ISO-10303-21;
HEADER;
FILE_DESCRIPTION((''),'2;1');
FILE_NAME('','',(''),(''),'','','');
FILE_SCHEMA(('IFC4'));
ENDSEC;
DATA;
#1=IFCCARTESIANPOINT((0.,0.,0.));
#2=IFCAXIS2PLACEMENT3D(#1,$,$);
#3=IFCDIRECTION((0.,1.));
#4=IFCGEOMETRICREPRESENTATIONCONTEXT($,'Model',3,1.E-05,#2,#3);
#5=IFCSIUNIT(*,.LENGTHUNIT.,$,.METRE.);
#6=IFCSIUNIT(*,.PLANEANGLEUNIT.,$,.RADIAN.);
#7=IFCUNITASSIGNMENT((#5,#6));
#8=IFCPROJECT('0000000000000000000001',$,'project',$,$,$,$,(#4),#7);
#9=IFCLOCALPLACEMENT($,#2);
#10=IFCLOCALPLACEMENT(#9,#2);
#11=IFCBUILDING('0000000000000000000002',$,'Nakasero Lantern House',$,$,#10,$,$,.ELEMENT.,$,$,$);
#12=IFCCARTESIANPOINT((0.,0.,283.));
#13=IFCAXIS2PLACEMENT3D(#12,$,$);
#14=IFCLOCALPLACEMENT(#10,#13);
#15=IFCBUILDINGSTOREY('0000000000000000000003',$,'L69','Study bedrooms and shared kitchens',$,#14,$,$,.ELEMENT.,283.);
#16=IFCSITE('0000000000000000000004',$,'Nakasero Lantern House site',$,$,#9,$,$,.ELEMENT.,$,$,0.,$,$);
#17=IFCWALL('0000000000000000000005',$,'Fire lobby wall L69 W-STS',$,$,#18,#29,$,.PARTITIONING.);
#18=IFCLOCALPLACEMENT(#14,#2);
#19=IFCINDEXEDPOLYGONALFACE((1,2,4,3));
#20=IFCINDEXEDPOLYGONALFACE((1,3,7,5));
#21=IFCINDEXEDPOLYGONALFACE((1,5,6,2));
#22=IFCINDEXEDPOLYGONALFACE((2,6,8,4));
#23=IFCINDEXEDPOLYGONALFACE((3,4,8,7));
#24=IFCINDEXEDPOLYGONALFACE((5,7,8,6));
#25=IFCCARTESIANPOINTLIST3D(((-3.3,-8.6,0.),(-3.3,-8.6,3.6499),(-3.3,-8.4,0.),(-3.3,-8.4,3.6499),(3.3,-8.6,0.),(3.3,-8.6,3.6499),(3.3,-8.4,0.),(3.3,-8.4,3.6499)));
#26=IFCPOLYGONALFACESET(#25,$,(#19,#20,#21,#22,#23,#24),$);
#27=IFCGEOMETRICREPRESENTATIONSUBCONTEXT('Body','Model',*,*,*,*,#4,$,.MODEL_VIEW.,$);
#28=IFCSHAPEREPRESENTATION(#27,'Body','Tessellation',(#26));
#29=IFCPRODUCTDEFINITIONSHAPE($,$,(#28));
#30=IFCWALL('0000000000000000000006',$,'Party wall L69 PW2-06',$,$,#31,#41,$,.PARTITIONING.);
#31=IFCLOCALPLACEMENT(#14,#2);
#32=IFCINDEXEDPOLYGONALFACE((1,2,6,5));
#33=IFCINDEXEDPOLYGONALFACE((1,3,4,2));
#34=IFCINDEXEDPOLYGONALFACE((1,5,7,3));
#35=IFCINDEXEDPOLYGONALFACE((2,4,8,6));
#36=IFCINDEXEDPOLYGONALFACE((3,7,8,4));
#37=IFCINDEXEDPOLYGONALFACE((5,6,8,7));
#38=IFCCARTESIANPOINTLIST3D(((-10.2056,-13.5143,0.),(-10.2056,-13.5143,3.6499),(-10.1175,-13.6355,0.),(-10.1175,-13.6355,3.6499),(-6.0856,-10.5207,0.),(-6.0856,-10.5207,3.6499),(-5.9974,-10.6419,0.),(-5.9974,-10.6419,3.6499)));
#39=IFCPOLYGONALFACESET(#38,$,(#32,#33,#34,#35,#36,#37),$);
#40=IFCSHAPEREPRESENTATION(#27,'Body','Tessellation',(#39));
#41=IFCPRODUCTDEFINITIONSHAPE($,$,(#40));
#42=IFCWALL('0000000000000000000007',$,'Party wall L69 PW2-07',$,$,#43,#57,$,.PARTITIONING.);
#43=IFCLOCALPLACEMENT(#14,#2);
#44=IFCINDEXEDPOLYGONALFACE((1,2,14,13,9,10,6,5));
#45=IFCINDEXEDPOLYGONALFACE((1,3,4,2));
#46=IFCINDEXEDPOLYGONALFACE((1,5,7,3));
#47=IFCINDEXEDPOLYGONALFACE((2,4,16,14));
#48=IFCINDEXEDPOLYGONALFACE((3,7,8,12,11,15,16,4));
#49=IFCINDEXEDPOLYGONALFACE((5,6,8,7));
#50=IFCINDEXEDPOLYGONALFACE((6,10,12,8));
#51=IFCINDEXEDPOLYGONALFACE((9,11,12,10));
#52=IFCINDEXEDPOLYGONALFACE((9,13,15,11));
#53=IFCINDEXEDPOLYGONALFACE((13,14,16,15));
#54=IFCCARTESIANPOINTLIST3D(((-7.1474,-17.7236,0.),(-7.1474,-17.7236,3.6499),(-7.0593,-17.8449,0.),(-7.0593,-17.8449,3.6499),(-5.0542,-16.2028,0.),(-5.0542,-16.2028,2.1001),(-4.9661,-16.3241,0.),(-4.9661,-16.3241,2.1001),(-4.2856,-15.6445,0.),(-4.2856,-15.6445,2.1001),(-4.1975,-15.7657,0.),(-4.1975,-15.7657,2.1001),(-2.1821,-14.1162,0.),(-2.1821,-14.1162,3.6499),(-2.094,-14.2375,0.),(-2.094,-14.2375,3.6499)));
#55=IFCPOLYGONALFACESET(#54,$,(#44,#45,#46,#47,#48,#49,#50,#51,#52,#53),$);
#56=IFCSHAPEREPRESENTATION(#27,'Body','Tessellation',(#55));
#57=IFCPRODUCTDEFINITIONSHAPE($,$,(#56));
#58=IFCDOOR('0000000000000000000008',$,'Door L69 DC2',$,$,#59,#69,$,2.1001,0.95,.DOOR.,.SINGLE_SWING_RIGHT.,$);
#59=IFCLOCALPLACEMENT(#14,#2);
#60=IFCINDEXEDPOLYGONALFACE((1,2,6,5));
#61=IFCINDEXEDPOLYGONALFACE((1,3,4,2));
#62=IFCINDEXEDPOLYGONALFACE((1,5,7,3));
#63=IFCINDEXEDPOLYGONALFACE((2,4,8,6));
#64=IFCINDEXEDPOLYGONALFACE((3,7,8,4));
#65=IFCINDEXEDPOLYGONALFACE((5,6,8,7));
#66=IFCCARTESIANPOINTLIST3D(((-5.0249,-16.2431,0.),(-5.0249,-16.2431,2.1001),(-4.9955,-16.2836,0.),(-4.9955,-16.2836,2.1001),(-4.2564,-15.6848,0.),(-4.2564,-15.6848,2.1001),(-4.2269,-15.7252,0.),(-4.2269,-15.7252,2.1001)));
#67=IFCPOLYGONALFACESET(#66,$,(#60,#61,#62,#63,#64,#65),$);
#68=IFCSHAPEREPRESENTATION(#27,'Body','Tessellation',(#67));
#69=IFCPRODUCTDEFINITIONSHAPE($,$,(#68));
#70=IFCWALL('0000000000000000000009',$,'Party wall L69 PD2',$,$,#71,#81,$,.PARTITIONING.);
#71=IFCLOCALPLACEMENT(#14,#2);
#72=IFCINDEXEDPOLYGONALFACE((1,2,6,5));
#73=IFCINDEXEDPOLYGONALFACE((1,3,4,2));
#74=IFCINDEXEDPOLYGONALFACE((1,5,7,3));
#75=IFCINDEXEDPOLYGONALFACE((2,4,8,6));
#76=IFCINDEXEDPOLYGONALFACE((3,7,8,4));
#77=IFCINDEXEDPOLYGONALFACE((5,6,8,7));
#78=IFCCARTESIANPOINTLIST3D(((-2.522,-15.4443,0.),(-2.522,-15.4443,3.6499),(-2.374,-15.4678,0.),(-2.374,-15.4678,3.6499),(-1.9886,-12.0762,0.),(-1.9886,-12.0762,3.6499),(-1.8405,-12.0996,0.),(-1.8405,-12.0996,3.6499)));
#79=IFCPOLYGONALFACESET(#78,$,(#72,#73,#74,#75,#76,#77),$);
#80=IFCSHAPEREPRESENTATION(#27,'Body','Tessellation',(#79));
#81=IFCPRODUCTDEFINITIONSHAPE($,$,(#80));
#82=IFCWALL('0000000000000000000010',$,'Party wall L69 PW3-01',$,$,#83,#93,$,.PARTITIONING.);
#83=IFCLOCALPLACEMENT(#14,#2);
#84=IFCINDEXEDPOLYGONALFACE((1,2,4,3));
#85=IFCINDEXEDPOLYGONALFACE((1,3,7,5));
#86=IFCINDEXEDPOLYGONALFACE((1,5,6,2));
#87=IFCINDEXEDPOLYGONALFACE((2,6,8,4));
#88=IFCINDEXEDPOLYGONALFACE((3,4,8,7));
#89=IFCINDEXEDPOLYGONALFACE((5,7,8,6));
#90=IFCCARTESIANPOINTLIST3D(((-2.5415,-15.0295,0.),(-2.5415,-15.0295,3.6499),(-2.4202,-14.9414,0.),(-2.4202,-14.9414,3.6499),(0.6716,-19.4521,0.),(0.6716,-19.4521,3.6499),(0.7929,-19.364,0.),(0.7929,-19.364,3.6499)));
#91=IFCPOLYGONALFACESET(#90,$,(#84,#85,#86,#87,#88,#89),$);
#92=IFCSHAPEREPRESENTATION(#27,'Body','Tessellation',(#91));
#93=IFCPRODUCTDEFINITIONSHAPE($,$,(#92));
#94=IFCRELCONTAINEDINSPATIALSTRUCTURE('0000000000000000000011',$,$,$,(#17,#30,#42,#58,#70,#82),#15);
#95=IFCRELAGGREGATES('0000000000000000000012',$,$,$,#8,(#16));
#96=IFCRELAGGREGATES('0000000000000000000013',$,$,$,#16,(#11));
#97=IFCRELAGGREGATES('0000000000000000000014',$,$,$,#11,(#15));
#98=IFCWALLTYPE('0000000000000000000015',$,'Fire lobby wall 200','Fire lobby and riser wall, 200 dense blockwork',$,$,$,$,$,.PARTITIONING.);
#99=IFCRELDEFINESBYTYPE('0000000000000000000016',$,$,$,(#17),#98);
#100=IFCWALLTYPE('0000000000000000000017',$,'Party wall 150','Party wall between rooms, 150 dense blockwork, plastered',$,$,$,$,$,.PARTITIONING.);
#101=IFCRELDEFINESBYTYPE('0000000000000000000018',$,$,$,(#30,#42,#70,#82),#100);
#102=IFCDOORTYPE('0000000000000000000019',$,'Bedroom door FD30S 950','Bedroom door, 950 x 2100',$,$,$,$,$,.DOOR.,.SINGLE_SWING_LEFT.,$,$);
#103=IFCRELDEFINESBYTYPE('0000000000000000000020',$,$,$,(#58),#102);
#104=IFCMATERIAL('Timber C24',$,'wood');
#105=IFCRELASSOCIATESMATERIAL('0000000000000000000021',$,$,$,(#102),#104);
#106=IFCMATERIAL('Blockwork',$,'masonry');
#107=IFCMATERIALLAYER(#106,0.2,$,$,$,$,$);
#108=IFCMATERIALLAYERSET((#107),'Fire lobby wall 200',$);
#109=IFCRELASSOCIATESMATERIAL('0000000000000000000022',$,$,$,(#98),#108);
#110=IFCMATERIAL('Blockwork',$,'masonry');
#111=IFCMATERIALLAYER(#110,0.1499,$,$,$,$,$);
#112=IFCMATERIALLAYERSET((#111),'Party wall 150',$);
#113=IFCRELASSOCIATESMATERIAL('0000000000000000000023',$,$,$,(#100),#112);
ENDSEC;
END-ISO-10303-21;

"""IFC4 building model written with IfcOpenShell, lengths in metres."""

from ifc_helpers import new_model, si_unit, direction, frame, frame_2d, origin, place, context, subcontext, project, spatial, rectangle, extrude, material, layer, layer_set, type_object, element, fill, save


model = new_model("IFC4")

# Units and contexts
model_context = context("Model", 3, precision=1e-05, world=origin(), true_north=direction((0.0, 1.0)))
body_context = subcontext(model_context, "Body", "Model", "MODEL_VIEW")
ifc_project = project(units=[si_unit("LENGTHUNIT", "METRE"), si_unit("PLANEANGLEUNIT", "RADIAN")], contexts=[model_context])

# Site, building, storey
site_placement = place(None, origin())
site = spatial("IfcSite", under=ifc_project, at=site_placement, Name="Nakasero Lantern House site", CompositionType="ELEMENT", RefElevation=0.0)
building_placement = place(site_placement, origin())
building = spatial("IfcBuilding", under=site, at=building_placement, Name="Nakasero Lantern House", CompositionType="ELEMENT")
storey_placement = place(building_placement, frame((0.0, 0.0, 283.0)))
storey = spatial("IfcBuildingStorey", under=building, at=storey_placement, Name="L69", Description="Study bedrooms and shared kitchens", CompositionType="ELEMENT", Elevation=283.0)

# Shared definitions
ifc_material_1 = material(Name="Timber C24", Category="wood")
door_type_1 = type_object("IfcDoorType", Name="Bedroom door FD30S 950", Description="Bedroom door, 950 x 2100", OperationType="SINGLE_SWING_LEFT", PredefinedType="DOOR", material=ifc_material_1)

# Walls
ifc_material_2 = material(Name="Blockwork", Category="masonry")
ifc_layer_1 = layer(ifc_material_2, 0.2)
ifc_layer_set_1 = layer_set([ifc_layer_1], Name="Fire lobby wall 200")
wall_type_1 = type_object("IfcWallType", Name="Fire lobby wall 200", Description="Fire lobby and riser wall, 200 dense blockwork", PredefinedType="PARTITIONING", material=ifc_layer_set_1)
wall_1_placement = place(storey_placement, frame((-3.3, -8.5, 0.0), z_axis=(0.0, 0.0, 1.0), x_axis=(1.0, 0.0, 0.0)))
element("IfcWall", 1, at=wall_1_placement, inside=storey, type_object=wall_type_1, Name="Fire lobby wall L69 W-STS", PredefinedType="PARTITIONING", context=body_context, shape_type="SweptSolid", body=[
    extrude(rectangle(XDim=6.6001, YDim=0.2, at=frame_2d((3.3, 0.0))), origin(), (0.0, 0.0, 1.0), 3.6499),
])
ifc_material_3 = material(Name="Blockwork", Category="masonry")
ifc_layer_2 = layer(ifc_material_3, 0.1499)
ifc_layer_set_2 = layer_set([ifc_layer_2], Name="Party wall 150")
wall_type_2 = type_object("IfcWallType", Name="Party wall 150", Description="Party wall between rooms, 150 dense blockwork, plastered", PredefinedType="PARTITIONING", material=ifc_layer_set_2)
wall_2_placement = place(storey_placement, frame((-6.0415, -10.5813, 0.0), z_axis=(0.0, 0.0, 1.0), x_axis=(-0.808997, -0.587812, 0.0)))
element("IfcWall", 2, at=wall_2_placement, inside=storey, type_object=wall_type_2, Name="Party wall L69 PW2-06", PredefinedType="PARTITIONING", context=body_context, shape_type="SweptSolid", body=[
    extrude(rectangle(XDim=5.0928, YDim=0.1499, at=frame_2d((2.5464, 0.0))), origin(), (0.0, 0.0, 1.0), 3.6499),
])

# Wall, opening, door
wall_3_placement = place(storey_placement, frame((-2.1379, -14.1768, 0.0), z_axis=(0.0, 0.0, 1.0), x_axis=(-0.809025, -0.587774, 0.0)))
wall_3 = element("IfcWall", 3, at=wall_3_placement, inside=storey, type_object=wall_type_2, Name="Party wall L69 PW2-07", PredefinedType="PARTITIONING", context=body_context, shape_type="SweptSolid", body=[
    extrude(rectangle(XDim=6.1375, YDim=0.1499, at=frame_2d((3.0688, 0.0))), origin(), (0.0, 0.0, 1.0), 3.6499),
])
opening_1_placement = place(wall_3_placement, frame((2.6001, 0.0, 0.0)))
opening_1 = element("IfcOpeningElement", 4, at=opening_1_placement, cuts=wall_3, PredefinedType="OPENING", context=body_context, shape_type="SweptSolid", body=[
    extrude(rectangle(XDim=0.95, YDim=2.1001, at=frame_2d((0.4751, 1.05))), frame((0.0, 0.095, 0.0), z_axis=(0.0, -1.0, 0.0), x_axis=(1.0, 0.0, 0.0)), (0.0, 0.0, 1.0), 0.1899),
])
door_1_placement = place(opening_1_placement, origin())
door_1 = element("IfcDoor", 5, at=door_1_placement, inside=storey, type_object=door_type_1, Name="Door L69 DC2", OperationType="SINGLE_SWING_RIGHT", OverallHeight=2.1001, OverallWidth=0.95, PredefinedType="DOOR", context=body_context, shape_type="SweptSolid", body=[
    extrude(rectangle(XDim=0.95, YDim=2.1001, at=frame_2d((0.4751, 1.05))), frame((0.0, 0.0249, 0.0), z_axis=(0.0, -1.0, 0.0), x_axis=(1.0, 0.0, 0.0)), (0.0, 0.0, 1.0), 0.05),
])
fill(opening_1, door_1)

# Walls
wall_4_placement = place(storey_placement, frame((-1.9146, -12.0879, 0.0), z_axis=(0.0, 0.0, 1.0), x_axis=(-0.156429, -0.987689, 0.0)))
element("IfcWall", 6, at=wall_4_placement, inside=storey, type_object=wall_type_2, Name="Party wall L69 PD2", PredefinedType="PARTITIONING", context=body_context, shape_type="SweptSolid", body=[
    extrude(rectangle(XDim=3.4102, YDim=0.1499, at=frame_2d((1.7051, 0.0))), origin(), (0.0, 0.0, 1.0), 3.6499),
])
wall_5_placement = place(storey_placement, frame((-2.481, -14.9854, 0.0), z_axis=(0.0, 0.0, 1.0), x_axis=(0.587776, -0.809024, 0.0)))
element("IfcWall", 7, at=wall_5_placement, inside=storey, type_object=wall_type_2, Name="Party wall L69 PW3-01", PredefinedType="PARTITIONING", context=body_context, shape_type="SweptSolid", body=[
    extrude(rectangle(XDim=5.4666, YDim=0.1499, at=frame_2d((2.7334, 0.0))), origin(), (0.0, 0.0, 1.0), 3.6499),
])

save(model, "model.ifc")
